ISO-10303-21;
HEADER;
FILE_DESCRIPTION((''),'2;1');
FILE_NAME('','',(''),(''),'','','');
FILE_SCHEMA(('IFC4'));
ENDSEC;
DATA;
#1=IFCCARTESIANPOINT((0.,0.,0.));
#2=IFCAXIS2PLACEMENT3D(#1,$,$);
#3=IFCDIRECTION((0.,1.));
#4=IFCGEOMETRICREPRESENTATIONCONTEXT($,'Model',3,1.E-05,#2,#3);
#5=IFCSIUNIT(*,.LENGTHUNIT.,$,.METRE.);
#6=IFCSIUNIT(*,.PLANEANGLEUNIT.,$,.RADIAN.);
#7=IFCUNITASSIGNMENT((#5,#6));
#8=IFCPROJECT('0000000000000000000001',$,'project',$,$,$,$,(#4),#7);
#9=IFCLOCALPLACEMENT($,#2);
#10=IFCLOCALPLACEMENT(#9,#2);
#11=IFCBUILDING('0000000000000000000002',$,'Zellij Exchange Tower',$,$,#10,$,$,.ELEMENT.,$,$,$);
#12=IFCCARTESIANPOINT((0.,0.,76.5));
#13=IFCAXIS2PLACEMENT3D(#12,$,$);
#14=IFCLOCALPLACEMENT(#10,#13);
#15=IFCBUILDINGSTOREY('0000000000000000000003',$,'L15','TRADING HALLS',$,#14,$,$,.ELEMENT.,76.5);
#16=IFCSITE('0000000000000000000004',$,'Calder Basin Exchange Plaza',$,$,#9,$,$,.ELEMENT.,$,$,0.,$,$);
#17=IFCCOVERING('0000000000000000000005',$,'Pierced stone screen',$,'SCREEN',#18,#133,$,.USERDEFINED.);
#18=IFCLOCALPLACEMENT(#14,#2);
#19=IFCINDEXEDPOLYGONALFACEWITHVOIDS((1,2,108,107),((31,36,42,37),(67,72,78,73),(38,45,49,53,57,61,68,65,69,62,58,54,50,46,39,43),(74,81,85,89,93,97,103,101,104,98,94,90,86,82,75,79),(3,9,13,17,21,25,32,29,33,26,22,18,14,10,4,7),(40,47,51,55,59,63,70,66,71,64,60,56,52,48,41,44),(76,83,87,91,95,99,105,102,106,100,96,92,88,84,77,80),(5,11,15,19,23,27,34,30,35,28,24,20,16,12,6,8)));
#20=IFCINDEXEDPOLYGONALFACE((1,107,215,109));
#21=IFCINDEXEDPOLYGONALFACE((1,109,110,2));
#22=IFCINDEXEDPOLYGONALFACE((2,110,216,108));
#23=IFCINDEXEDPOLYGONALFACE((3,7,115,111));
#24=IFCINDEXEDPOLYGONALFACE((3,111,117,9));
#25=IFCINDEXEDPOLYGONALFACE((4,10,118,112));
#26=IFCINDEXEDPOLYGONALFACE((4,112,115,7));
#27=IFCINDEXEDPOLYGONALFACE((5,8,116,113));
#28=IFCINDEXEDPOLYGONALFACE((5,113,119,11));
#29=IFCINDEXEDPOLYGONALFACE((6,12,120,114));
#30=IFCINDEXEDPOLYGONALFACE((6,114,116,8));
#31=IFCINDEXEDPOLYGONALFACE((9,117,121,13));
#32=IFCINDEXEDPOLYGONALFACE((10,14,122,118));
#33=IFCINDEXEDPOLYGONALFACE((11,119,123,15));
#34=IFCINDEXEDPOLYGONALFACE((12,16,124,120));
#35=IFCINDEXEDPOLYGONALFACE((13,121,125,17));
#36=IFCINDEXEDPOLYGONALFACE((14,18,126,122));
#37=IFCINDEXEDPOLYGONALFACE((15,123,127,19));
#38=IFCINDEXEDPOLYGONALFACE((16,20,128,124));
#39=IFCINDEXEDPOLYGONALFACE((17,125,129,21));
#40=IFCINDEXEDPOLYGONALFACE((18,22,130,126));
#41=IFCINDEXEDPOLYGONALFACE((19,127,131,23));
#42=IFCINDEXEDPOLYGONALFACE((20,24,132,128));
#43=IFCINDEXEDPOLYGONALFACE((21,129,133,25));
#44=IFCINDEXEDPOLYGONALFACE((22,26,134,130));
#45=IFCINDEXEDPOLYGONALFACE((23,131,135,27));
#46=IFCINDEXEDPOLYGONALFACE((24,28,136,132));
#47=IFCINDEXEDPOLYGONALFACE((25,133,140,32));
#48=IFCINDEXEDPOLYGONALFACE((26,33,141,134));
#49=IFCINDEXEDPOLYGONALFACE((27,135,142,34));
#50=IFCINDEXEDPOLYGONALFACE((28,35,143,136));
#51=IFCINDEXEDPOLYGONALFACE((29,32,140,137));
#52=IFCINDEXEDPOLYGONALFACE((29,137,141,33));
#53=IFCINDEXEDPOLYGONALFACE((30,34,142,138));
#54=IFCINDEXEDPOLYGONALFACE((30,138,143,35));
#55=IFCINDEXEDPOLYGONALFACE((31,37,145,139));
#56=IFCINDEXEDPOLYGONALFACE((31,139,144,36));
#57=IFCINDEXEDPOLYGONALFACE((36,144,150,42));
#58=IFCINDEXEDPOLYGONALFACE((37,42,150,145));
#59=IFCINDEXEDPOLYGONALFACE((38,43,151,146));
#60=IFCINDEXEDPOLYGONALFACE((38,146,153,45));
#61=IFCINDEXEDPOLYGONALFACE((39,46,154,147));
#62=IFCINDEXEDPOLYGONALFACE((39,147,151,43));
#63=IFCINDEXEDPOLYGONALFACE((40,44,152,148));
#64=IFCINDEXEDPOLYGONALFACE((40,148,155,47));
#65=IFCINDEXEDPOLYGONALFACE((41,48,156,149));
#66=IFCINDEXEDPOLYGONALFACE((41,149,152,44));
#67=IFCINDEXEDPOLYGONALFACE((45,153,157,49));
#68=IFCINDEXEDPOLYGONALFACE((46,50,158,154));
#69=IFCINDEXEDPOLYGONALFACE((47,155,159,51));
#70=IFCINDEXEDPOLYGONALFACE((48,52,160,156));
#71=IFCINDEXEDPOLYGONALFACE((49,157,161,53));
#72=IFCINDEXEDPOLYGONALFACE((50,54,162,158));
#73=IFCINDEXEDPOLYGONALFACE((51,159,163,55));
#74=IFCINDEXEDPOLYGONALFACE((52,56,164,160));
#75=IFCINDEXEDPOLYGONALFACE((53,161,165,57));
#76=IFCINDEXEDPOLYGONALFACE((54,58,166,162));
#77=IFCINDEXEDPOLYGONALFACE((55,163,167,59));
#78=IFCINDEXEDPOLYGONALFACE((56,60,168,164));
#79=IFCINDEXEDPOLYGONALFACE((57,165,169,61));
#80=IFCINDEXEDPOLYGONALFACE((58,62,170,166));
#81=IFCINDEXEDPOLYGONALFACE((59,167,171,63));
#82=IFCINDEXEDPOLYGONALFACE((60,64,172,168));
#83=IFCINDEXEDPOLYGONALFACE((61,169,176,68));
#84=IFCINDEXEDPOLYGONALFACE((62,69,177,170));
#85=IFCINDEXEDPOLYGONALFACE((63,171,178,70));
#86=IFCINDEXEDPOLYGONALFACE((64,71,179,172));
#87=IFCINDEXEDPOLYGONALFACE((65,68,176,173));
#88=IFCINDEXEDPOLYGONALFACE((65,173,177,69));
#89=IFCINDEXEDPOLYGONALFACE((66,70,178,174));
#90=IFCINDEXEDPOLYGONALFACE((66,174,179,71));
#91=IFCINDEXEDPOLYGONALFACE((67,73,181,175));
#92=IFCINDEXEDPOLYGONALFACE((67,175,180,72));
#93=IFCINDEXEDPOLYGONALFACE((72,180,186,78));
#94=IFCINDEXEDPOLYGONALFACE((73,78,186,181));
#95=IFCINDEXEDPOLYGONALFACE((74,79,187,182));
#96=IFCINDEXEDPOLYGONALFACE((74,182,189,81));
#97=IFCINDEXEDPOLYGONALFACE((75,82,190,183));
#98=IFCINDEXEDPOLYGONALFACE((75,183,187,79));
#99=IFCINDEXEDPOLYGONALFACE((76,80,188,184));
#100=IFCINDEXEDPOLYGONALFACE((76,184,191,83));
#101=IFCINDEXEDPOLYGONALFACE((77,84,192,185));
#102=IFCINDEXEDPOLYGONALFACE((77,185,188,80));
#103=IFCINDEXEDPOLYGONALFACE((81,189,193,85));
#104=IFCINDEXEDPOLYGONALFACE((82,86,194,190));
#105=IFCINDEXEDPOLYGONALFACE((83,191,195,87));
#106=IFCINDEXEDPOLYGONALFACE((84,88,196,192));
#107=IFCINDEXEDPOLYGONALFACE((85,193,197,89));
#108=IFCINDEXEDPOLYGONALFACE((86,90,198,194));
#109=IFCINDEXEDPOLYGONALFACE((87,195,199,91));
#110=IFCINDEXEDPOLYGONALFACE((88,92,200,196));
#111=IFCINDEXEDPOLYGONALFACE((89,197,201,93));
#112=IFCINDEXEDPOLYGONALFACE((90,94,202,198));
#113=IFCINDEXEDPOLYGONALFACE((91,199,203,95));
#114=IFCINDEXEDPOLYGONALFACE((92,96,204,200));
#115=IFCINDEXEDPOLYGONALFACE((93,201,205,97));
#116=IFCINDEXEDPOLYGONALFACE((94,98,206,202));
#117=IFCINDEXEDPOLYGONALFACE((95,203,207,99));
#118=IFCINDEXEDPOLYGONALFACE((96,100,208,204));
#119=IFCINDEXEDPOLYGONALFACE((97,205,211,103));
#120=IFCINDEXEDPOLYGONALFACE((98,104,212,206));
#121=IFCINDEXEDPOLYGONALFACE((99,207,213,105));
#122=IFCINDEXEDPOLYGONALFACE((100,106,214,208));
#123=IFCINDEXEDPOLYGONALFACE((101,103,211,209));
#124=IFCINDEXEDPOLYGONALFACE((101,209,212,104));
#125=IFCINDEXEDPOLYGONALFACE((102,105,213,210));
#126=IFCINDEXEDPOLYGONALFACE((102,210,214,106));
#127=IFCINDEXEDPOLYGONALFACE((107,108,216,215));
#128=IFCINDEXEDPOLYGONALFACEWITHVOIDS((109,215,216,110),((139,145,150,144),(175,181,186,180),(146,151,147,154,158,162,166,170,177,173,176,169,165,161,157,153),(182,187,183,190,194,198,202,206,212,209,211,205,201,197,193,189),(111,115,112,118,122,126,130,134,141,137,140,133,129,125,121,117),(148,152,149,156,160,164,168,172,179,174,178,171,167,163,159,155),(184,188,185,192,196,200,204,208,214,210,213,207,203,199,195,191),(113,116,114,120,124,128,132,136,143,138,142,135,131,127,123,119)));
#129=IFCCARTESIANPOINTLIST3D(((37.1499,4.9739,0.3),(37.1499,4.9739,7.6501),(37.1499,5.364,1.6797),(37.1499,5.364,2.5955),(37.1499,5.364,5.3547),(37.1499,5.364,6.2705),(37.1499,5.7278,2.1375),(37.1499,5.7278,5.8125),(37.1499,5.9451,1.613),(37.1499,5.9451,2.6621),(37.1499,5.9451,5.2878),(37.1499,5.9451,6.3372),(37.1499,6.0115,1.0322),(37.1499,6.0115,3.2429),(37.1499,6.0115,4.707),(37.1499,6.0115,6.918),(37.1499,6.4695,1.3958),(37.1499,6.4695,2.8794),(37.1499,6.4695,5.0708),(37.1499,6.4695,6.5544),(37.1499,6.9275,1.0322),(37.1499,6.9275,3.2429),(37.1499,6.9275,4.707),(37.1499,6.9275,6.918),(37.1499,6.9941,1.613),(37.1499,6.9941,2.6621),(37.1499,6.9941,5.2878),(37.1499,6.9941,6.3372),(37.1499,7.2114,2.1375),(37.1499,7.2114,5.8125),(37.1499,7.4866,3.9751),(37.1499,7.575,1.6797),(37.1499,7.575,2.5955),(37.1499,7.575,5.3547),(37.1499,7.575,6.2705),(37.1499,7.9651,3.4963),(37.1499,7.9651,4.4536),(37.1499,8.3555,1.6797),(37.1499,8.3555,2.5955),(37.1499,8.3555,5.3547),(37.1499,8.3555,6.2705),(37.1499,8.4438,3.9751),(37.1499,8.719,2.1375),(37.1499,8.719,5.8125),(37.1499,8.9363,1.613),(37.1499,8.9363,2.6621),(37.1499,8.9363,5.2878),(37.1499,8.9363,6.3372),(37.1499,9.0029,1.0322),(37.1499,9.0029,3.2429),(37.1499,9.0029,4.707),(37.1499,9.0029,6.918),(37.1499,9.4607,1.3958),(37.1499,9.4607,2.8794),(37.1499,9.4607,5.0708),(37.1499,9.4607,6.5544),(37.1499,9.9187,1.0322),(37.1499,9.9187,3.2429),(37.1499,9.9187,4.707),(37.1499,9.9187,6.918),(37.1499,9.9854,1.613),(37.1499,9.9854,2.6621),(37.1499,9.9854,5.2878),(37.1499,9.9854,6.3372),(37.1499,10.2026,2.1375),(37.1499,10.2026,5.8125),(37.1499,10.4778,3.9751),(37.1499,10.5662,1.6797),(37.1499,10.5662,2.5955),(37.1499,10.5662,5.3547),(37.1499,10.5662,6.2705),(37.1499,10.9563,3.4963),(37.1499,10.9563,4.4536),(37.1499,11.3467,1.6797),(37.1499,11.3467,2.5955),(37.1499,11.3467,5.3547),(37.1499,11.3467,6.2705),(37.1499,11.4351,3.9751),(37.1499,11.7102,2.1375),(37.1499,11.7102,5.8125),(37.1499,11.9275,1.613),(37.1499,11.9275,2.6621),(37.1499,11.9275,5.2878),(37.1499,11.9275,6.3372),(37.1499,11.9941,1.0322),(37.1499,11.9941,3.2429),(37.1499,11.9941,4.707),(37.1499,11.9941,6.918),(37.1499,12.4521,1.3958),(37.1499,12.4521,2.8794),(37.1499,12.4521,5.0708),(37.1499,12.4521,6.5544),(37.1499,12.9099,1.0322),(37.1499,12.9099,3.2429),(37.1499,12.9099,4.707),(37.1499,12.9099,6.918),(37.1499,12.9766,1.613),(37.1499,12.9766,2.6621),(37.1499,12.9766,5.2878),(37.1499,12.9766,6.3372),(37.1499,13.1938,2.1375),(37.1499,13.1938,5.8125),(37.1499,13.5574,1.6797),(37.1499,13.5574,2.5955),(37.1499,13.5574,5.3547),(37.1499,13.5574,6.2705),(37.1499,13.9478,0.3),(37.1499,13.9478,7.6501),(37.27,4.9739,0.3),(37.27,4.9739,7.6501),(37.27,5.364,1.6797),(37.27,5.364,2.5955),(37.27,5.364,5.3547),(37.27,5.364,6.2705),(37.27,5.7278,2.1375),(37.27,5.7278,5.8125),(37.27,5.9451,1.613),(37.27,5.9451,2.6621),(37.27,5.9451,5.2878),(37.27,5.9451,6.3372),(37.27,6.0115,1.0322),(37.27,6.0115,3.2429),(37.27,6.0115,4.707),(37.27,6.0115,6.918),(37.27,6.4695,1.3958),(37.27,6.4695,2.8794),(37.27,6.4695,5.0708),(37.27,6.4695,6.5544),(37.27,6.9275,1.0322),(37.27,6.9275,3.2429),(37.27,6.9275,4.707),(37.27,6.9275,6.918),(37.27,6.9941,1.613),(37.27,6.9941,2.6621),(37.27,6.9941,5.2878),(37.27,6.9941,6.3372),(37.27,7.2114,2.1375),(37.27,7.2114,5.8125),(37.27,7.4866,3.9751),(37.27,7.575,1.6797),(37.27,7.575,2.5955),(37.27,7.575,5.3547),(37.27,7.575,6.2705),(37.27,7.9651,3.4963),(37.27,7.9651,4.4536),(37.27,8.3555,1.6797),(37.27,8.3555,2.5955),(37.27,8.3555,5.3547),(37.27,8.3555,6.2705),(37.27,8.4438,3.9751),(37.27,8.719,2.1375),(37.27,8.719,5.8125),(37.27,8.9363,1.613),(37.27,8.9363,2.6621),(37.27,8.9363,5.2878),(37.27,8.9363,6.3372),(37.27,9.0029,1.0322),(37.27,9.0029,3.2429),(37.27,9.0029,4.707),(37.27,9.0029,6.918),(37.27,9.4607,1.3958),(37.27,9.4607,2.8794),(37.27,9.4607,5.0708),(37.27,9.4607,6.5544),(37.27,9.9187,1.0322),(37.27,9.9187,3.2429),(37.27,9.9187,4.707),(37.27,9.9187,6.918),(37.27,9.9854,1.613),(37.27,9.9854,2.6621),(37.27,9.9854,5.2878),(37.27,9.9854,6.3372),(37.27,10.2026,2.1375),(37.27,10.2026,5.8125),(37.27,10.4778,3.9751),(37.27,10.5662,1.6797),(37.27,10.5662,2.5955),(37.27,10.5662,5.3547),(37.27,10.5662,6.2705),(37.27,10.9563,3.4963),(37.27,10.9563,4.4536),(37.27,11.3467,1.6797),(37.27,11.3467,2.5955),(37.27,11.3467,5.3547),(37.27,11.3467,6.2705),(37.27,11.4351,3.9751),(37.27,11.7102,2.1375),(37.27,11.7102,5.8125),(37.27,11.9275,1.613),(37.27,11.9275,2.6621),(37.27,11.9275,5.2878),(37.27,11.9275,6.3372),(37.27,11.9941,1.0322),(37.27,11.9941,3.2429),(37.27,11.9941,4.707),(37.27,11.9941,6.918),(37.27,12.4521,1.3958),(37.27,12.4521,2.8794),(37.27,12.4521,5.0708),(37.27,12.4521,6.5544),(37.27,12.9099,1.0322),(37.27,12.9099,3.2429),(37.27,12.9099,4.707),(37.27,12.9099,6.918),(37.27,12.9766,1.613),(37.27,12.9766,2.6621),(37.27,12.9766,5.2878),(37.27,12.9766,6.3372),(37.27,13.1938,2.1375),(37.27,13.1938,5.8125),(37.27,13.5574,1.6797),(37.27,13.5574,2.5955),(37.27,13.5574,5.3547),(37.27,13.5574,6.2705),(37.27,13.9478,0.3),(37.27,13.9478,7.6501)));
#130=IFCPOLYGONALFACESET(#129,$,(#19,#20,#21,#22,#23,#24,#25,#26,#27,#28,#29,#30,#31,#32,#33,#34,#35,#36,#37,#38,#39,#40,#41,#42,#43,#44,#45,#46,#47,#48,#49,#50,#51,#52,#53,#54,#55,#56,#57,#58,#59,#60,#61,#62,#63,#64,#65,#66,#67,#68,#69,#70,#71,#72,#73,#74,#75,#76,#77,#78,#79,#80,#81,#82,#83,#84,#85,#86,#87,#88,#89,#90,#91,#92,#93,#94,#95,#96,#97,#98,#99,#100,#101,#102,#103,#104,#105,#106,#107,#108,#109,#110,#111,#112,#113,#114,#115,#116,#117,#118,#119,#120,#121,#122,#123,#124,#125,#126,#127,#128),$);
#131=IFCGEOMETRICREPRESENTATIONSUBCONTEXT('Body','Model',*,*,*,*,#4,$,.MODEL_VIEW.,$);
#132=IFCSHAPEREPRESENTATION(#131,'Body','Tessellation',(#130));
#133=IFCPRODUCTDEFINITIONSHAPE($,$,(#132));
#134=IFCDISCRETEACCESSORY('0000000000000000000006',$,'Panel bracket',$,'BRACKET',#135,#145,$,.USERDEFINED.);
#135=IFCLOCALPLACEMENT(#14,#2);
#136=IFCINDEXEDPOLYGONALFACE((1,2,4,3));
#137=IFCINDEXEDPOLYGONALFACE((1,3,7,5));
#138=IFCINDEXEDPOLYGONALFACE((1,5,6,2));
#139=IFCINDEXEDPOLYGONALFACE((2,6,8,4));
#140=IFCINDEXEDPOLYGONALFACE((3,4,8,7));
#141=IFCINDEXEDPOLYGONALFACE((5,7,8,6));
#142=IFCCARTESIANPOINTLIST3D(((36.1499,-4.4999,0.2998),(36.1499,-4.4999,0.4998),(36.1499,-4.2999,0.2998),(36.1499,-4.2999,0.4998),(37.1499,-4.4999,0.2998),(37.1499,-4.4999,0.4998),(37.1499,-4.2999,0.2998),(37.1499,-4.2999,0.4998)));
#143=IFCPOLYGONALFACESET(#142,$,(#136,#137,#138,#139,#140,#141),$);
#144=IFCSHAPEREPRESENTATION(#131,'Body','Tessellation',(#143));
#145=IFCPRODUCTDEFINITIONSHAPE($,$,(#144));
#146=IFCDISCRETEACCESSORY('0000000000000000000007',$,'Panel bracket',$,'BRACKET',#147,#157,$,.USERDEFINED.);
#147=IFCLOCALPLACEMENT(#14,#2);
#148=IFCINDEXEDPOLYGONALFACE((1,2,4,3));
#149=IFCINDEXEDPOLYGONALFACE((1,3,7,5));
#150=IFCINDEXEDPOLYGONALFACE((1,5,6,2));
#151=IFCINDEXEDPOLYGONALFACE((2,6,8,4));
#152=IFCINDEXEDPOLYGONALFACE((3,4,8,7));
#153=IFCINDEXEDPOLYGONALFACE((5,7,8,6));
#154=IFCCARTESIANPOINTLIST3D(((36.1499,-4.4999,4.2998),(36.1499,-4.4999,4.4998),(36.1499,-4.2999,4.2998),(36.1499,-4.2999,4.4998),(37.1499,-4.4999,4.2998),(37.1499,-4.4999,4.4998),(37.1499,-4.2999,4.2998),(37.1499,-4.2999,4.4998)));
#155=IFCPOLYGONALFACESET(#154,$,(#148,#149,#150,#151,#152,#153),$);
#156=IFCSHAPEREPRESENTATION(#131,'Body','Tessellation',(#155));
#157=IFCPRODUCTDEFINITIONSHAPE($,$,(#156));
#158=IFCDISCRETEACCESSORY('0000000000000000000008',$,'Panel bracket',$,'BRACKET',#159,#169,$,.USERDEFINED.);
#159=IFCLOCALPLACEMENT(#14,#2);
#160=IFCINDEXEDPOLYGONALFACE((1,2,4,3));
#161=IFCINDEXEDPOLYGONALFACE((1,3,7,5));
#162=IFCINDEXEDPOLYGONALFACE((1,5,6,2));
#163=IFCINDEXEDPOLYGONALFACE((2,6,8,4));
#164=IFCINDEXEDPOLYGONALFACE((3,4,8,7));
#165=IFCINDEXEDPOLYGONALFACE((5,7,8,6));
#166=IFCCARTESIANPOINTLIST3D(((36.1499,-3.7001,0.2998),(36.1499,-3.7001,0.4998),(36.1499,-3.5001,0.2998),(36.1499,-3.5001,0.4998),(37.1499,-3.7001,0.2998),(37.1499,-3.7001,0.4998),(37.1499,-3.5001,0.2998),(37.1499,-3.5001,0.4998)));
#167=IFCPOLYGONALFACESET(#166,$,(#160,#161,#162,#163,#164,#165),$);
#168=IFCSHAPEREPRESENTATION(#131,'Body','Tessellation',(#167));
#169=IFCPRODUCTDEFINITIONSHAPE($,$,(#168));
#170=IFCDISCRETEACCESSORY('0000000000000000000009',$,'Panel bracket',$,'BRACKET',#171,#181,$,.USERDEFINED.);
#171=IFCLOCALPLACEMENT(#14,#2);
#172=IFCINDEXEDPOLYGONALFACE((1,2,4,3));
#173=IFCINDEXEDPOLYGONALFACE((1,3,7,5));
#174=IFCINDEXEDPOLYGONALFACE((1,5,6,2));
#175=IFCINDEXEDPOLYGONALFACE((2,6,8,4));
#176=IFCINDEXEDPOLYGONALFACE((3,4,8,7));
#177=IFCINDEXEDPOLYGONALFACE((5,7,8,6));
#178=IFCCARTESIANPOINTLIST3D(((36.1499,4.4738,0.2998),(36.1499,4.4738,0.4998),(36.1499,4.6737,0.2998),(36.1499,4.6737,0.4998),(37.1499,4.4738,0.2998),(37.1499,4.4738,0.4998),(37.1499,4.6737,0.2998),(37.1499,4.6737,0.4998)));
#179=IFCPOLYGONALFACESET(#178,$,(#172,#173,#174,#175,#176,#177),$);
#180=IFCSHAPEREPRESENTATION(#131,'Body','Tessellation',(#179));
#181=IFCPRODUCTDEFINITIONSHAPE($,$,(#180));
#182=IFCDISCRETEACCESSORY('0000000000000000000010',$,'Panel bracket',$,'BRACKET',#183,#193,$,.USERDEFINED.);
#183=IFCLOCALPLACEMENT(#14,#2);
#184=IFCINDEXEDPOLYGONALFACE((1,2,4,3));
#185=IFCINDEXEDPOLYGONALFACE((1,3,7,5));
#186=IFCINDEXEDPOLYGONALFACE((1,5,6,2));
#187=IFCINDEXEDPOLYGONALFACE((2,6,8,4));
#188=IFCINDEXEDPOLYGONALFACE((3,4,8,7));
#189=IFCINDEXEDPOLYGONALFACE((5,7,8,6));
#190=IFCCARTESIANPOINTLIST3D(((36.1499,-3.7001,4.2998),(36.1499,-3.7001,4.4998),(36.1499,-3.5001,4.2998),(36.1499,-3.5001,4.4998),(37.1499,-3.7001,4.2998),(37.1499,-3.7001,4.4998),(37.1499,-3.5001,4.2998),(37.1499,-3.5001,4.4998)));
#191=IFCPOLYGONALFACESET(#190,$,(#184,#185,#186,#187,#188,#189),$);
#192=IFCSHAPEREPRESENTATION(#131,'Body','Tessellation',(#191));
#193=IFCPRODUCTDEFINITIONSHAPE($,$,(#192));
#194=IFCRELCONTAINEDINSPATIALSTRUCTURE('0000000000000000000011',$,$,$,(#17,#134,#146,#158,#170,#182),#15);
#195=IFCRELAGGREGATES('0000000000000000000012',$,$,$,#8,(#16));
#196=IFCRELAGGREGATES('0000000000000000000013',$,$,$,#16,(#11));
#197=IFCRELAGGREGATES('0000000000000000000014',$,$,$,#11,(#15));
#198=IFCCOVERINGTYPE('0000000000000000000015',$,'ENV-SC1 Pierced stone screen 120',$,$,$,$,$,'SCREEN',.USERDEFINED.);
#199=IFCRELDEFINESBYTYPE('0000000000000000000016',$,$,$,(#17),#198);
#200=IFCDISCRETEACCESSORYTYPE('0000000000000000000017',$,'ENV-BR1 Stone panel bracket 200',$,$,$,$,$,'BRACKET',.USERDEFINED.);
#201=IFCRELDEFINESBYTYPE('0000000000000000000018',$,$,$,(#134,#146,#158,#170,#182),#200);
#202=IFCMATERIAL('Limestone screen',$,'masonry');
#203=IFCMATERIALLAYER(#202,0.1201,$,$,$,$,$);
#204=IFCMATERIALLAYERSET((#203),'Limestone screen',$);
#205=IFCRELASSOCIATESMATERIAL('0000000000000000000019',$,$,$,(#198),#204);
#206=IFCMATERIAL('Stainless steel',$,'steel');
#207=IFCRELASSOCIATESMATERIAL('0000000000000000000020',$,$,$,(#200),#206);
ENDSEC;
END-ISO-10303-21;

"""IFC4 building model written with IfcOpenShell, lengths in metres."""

from ifc_helpers import new_model, si_unit, direction, frame, origin, origin_2d, place, context, subcontext, project, spatial, polyline, rectangle, outline, extrude, material, layer, layer_set, type_object, element, save


model = new_model("IFC4")

# Units and contexts
model_context = context("Model", 3, precision=1e-05, world=origin(), true_north=direction((0.0, 1.0)))
body_context = subcontext(model_context, "Body", "Model", "MODEL_VIEW")
ifc_project = project(units=[si_unit("LENGTHUNIT", "METRE"), si_unit("PLANEANGLEUNIT", "RADIAN")], contexts=[model_context])

# Site, building, storey
site_placement = place(None, origin())
site = spatial("IfcSite", under=ifc_project, at=site_placement, Name="Calder Basin Exchange Plaza", CompositionType="ELEMENT", RefElevation=0.0)
building_placement = place(site_placement, origin())
building = spatial("IfcBuilding", under=site, at=building_placement, Name="Zellij Exchange Tower", CompositionType="ELEMENT")
storey_placement = place(building_placement, frame((0.0, 0.0, 76.5)))
storey = spatial("IfcBuildingStorey", under=building, at=storey_placement, Name="L15", Description="TRADING HALLS", CompositionType="ELEMENT", Elevation=76.5)

# Covering
ifc_material_1 = material(Name="Limestone screen", Category="masonry")
ifc_layer_1 = layer(ifc_material_1, 0.1201)
ifc_layer_set_1 = layer_set([ifc_layer_1], Name="Limestone screen")
covering_type = type_object("IfcCoveringType", Name="ENV-SC1 Pierced stone screen 120", ElementType="SCREEN", PredefinedType="USERDEFINED", material=ifc_layer_set_1)
covering_1_placement = place(storey_placement, frame((37.21, 4.9739, 0.3), z_axis=(0.0, 0.0, 1.0), x_axis=(0.0, 1.0, 0.0)))
element("IfcCovering", 1, at=covering_1_placement, inside=storey, type_object=covering_type, Name="Pierced stone screen", ObjectType="SCREEN", PredefinedType="USERDEFINED", context=body_context, shape_type="SweptSolid", body=[
    extrude(outline(polyline([(0.0, 0.0), (8.9739, 0.0), (8.9739, 7.3501), (0.0, 7.3501), (0.0, 0.0)]), holes=[polyline([(2.6011, 2.2954), (2.0203, 2.3621), (1.9536, 2.9429), (1.4956, 2.5793), (1.0376, 2.9429), (0.9712, 2.3621), (0.3901, 2.2954), (0.7539, 1.8374), (0.3901, 1.3796), (0.9712, 1.313), (1.0376, 0.7322), (1.4956, 1.0957), (1.9536, 0.7322), (2.0203, 1.313), (2.6011, 1.3796), (2.2375, 1.8374), (2.6011, 2.2954)]), polyline([(2.6011, 5.9705), (2.0203, 6.0371), (1.9536, 6.6179), (1.4956, 6.2544), (1.0376, 6.6179), (0.9712, 6.0371), (0.3901, 5.9705), (0.7539, 5.5125), (0.3901, 5.0547), (0.9712, 4.9878), (1.0376, 4.407), (1.4956, 4.7708), (1.9536, 4.407), (2.0203, 4.9878), (2.6011, 5.0547), (2.2375, 5.5125), (2.6011, 5.9705)]), polyline([(5.5923, 2.2954), (5.0115, 2.3621), (4.9448, 2.9429), (4.4868, 2.5793), (4.0291, 2.9429), (3.9624, 2.3621), (3.3816, 2.2954), (3.7451, 1.8374), (3.3816, 1.3796), (3.9624, 1.313), (4.0291, 0.7322), (4.4868, 1.0957), (4.9448, 0.7322), (5.0115, 1.313), (5.5923, 1.3796), (5.2288, 1.8374), (5.5923, 2.2954)]), polyline([(5.5923, 5.9705), (5.0115, 6.0371), (4.9448, 6.6179), (4.4868, 6.2544), (4.0291, 6.6179), (3.9624, 6.0371), (3.3816, 5.9705), (3.7451, 5.5125), (3.3816, 5.0547), (3.9624, 4.9878), (4.0291, 4.407), (4.4868, 4.7708), (4.9448, 4.407), (5.0115, 4.9878), (5.5923, 5.0547), (5.2288, 5.5125), (5.5923, 5.9705)]), polyline([(8.5835, 2.2954), (8.0027, 2.3621), (7.936, 2.9429), (7.4783, 2.5793), (7.0203, 2.9429), (6.9536, 2.3621), (6.3728, 2.2954), (6.7363, 1.8374), (6.3728, 1.3796), (6.9536, 1.313), (7.0203, 0.7322), (7.4783, 1.0957), (7.936, 0.7322), (8.0027, 1.313), (8.5835, 1.3796), (8.22, 1.8374), (8.5835, 2.2954)]), polyline([(8.5835, 5.9705), (8.0027, 6.0371), (7.936, 6.6179), (7.4783, 6.2544), (7.0203, 6.6179), (6.9536, 6.0371), (6.3728, 5.9705), (6.7363, 5.5125), (6.3728, 5.0547), (6.9536, 4.9878), (7.0203, 4.407), (7.4783, 4.7708), (7.936, 4.407), (8.0027, 4.9878), (8.5835, 5.0547), (8.22, 5.5125), (8.5835, 5.9705)]), polyline([(3.47, 3.675), (2.9912, 4.1536), (2.5127, 3.675), (2.9912, 3.1963), (3.47, 3.675)]), polyline([(6.4612, 3.675), (5.9824, 4.1536), (5.5039, 3.675), (5.9824, 3.1963), (6.4612, 3.675)])]), frame((0.0, 0.0601, 0.0), z_axis=(0.0, -1.0, 0.0), x_axis=(1.0, 0.0, 0.0)), (0.0, 0.0, 1.0), 0.1201),
])

# Discrete accessories
ifc_material_2 = material(Name="Stainless steel", Category="steel")
discrete_accessory_type = type_object("IfcDiscreteAccessoryType", Name="ENV-BR1 Stone panel bracket 200", ElementType="BRACKET", PredefinedType="USERDEFINED", material=ifc_material_2)
for number, where, z_axis, x_axis, name in (
    (2, (36.6499, -4.3999, 0.2998), (0.0, 0.0, 1.0), (0.0, 1.0, 0.0), "Panel bracket"),
    (3, (36.6499, -4.3999, 4.2998), (0.0, 0.0, 1.0), (0.0, 1.0, 0.0), "Panel bracket"),
    (4, (36.6499, -3.6001, 0.2998), (0.0, 0.0, 1.0), (0.0, 1.0, 0.0), "Panel bracket"),
    (5, (36.6499, 4.5737, 0.2998), (0.0, 0.0, 1.0), (0.0, 1.0, 0.0), "Panel bracket"),
    (6, (36.6499, -3.6001, 4.2998), (0.0, 0.0, 1.0), (0.0, 1.0, 0.0), "Panel bracket"),
):
    element("IfcDiscreteAccessory", number, at=place(storey_placement, frame(where, z_axis=z_axis, x_axis=x_axis)), inside=storey, type_object=discrete_accessory_type, Name=name, ObjectType="BRACKET", PredefinedType="USERDEFINED", context=body_context, shape_type="SweptSolid", body=[
        extrude(rectangle(XDim=0.2, YDim=1.0, at=origin_2d()), origin(), (0.0, 0.0, 1.0), 0.2),
    ])

save(model, "model.ifc")
